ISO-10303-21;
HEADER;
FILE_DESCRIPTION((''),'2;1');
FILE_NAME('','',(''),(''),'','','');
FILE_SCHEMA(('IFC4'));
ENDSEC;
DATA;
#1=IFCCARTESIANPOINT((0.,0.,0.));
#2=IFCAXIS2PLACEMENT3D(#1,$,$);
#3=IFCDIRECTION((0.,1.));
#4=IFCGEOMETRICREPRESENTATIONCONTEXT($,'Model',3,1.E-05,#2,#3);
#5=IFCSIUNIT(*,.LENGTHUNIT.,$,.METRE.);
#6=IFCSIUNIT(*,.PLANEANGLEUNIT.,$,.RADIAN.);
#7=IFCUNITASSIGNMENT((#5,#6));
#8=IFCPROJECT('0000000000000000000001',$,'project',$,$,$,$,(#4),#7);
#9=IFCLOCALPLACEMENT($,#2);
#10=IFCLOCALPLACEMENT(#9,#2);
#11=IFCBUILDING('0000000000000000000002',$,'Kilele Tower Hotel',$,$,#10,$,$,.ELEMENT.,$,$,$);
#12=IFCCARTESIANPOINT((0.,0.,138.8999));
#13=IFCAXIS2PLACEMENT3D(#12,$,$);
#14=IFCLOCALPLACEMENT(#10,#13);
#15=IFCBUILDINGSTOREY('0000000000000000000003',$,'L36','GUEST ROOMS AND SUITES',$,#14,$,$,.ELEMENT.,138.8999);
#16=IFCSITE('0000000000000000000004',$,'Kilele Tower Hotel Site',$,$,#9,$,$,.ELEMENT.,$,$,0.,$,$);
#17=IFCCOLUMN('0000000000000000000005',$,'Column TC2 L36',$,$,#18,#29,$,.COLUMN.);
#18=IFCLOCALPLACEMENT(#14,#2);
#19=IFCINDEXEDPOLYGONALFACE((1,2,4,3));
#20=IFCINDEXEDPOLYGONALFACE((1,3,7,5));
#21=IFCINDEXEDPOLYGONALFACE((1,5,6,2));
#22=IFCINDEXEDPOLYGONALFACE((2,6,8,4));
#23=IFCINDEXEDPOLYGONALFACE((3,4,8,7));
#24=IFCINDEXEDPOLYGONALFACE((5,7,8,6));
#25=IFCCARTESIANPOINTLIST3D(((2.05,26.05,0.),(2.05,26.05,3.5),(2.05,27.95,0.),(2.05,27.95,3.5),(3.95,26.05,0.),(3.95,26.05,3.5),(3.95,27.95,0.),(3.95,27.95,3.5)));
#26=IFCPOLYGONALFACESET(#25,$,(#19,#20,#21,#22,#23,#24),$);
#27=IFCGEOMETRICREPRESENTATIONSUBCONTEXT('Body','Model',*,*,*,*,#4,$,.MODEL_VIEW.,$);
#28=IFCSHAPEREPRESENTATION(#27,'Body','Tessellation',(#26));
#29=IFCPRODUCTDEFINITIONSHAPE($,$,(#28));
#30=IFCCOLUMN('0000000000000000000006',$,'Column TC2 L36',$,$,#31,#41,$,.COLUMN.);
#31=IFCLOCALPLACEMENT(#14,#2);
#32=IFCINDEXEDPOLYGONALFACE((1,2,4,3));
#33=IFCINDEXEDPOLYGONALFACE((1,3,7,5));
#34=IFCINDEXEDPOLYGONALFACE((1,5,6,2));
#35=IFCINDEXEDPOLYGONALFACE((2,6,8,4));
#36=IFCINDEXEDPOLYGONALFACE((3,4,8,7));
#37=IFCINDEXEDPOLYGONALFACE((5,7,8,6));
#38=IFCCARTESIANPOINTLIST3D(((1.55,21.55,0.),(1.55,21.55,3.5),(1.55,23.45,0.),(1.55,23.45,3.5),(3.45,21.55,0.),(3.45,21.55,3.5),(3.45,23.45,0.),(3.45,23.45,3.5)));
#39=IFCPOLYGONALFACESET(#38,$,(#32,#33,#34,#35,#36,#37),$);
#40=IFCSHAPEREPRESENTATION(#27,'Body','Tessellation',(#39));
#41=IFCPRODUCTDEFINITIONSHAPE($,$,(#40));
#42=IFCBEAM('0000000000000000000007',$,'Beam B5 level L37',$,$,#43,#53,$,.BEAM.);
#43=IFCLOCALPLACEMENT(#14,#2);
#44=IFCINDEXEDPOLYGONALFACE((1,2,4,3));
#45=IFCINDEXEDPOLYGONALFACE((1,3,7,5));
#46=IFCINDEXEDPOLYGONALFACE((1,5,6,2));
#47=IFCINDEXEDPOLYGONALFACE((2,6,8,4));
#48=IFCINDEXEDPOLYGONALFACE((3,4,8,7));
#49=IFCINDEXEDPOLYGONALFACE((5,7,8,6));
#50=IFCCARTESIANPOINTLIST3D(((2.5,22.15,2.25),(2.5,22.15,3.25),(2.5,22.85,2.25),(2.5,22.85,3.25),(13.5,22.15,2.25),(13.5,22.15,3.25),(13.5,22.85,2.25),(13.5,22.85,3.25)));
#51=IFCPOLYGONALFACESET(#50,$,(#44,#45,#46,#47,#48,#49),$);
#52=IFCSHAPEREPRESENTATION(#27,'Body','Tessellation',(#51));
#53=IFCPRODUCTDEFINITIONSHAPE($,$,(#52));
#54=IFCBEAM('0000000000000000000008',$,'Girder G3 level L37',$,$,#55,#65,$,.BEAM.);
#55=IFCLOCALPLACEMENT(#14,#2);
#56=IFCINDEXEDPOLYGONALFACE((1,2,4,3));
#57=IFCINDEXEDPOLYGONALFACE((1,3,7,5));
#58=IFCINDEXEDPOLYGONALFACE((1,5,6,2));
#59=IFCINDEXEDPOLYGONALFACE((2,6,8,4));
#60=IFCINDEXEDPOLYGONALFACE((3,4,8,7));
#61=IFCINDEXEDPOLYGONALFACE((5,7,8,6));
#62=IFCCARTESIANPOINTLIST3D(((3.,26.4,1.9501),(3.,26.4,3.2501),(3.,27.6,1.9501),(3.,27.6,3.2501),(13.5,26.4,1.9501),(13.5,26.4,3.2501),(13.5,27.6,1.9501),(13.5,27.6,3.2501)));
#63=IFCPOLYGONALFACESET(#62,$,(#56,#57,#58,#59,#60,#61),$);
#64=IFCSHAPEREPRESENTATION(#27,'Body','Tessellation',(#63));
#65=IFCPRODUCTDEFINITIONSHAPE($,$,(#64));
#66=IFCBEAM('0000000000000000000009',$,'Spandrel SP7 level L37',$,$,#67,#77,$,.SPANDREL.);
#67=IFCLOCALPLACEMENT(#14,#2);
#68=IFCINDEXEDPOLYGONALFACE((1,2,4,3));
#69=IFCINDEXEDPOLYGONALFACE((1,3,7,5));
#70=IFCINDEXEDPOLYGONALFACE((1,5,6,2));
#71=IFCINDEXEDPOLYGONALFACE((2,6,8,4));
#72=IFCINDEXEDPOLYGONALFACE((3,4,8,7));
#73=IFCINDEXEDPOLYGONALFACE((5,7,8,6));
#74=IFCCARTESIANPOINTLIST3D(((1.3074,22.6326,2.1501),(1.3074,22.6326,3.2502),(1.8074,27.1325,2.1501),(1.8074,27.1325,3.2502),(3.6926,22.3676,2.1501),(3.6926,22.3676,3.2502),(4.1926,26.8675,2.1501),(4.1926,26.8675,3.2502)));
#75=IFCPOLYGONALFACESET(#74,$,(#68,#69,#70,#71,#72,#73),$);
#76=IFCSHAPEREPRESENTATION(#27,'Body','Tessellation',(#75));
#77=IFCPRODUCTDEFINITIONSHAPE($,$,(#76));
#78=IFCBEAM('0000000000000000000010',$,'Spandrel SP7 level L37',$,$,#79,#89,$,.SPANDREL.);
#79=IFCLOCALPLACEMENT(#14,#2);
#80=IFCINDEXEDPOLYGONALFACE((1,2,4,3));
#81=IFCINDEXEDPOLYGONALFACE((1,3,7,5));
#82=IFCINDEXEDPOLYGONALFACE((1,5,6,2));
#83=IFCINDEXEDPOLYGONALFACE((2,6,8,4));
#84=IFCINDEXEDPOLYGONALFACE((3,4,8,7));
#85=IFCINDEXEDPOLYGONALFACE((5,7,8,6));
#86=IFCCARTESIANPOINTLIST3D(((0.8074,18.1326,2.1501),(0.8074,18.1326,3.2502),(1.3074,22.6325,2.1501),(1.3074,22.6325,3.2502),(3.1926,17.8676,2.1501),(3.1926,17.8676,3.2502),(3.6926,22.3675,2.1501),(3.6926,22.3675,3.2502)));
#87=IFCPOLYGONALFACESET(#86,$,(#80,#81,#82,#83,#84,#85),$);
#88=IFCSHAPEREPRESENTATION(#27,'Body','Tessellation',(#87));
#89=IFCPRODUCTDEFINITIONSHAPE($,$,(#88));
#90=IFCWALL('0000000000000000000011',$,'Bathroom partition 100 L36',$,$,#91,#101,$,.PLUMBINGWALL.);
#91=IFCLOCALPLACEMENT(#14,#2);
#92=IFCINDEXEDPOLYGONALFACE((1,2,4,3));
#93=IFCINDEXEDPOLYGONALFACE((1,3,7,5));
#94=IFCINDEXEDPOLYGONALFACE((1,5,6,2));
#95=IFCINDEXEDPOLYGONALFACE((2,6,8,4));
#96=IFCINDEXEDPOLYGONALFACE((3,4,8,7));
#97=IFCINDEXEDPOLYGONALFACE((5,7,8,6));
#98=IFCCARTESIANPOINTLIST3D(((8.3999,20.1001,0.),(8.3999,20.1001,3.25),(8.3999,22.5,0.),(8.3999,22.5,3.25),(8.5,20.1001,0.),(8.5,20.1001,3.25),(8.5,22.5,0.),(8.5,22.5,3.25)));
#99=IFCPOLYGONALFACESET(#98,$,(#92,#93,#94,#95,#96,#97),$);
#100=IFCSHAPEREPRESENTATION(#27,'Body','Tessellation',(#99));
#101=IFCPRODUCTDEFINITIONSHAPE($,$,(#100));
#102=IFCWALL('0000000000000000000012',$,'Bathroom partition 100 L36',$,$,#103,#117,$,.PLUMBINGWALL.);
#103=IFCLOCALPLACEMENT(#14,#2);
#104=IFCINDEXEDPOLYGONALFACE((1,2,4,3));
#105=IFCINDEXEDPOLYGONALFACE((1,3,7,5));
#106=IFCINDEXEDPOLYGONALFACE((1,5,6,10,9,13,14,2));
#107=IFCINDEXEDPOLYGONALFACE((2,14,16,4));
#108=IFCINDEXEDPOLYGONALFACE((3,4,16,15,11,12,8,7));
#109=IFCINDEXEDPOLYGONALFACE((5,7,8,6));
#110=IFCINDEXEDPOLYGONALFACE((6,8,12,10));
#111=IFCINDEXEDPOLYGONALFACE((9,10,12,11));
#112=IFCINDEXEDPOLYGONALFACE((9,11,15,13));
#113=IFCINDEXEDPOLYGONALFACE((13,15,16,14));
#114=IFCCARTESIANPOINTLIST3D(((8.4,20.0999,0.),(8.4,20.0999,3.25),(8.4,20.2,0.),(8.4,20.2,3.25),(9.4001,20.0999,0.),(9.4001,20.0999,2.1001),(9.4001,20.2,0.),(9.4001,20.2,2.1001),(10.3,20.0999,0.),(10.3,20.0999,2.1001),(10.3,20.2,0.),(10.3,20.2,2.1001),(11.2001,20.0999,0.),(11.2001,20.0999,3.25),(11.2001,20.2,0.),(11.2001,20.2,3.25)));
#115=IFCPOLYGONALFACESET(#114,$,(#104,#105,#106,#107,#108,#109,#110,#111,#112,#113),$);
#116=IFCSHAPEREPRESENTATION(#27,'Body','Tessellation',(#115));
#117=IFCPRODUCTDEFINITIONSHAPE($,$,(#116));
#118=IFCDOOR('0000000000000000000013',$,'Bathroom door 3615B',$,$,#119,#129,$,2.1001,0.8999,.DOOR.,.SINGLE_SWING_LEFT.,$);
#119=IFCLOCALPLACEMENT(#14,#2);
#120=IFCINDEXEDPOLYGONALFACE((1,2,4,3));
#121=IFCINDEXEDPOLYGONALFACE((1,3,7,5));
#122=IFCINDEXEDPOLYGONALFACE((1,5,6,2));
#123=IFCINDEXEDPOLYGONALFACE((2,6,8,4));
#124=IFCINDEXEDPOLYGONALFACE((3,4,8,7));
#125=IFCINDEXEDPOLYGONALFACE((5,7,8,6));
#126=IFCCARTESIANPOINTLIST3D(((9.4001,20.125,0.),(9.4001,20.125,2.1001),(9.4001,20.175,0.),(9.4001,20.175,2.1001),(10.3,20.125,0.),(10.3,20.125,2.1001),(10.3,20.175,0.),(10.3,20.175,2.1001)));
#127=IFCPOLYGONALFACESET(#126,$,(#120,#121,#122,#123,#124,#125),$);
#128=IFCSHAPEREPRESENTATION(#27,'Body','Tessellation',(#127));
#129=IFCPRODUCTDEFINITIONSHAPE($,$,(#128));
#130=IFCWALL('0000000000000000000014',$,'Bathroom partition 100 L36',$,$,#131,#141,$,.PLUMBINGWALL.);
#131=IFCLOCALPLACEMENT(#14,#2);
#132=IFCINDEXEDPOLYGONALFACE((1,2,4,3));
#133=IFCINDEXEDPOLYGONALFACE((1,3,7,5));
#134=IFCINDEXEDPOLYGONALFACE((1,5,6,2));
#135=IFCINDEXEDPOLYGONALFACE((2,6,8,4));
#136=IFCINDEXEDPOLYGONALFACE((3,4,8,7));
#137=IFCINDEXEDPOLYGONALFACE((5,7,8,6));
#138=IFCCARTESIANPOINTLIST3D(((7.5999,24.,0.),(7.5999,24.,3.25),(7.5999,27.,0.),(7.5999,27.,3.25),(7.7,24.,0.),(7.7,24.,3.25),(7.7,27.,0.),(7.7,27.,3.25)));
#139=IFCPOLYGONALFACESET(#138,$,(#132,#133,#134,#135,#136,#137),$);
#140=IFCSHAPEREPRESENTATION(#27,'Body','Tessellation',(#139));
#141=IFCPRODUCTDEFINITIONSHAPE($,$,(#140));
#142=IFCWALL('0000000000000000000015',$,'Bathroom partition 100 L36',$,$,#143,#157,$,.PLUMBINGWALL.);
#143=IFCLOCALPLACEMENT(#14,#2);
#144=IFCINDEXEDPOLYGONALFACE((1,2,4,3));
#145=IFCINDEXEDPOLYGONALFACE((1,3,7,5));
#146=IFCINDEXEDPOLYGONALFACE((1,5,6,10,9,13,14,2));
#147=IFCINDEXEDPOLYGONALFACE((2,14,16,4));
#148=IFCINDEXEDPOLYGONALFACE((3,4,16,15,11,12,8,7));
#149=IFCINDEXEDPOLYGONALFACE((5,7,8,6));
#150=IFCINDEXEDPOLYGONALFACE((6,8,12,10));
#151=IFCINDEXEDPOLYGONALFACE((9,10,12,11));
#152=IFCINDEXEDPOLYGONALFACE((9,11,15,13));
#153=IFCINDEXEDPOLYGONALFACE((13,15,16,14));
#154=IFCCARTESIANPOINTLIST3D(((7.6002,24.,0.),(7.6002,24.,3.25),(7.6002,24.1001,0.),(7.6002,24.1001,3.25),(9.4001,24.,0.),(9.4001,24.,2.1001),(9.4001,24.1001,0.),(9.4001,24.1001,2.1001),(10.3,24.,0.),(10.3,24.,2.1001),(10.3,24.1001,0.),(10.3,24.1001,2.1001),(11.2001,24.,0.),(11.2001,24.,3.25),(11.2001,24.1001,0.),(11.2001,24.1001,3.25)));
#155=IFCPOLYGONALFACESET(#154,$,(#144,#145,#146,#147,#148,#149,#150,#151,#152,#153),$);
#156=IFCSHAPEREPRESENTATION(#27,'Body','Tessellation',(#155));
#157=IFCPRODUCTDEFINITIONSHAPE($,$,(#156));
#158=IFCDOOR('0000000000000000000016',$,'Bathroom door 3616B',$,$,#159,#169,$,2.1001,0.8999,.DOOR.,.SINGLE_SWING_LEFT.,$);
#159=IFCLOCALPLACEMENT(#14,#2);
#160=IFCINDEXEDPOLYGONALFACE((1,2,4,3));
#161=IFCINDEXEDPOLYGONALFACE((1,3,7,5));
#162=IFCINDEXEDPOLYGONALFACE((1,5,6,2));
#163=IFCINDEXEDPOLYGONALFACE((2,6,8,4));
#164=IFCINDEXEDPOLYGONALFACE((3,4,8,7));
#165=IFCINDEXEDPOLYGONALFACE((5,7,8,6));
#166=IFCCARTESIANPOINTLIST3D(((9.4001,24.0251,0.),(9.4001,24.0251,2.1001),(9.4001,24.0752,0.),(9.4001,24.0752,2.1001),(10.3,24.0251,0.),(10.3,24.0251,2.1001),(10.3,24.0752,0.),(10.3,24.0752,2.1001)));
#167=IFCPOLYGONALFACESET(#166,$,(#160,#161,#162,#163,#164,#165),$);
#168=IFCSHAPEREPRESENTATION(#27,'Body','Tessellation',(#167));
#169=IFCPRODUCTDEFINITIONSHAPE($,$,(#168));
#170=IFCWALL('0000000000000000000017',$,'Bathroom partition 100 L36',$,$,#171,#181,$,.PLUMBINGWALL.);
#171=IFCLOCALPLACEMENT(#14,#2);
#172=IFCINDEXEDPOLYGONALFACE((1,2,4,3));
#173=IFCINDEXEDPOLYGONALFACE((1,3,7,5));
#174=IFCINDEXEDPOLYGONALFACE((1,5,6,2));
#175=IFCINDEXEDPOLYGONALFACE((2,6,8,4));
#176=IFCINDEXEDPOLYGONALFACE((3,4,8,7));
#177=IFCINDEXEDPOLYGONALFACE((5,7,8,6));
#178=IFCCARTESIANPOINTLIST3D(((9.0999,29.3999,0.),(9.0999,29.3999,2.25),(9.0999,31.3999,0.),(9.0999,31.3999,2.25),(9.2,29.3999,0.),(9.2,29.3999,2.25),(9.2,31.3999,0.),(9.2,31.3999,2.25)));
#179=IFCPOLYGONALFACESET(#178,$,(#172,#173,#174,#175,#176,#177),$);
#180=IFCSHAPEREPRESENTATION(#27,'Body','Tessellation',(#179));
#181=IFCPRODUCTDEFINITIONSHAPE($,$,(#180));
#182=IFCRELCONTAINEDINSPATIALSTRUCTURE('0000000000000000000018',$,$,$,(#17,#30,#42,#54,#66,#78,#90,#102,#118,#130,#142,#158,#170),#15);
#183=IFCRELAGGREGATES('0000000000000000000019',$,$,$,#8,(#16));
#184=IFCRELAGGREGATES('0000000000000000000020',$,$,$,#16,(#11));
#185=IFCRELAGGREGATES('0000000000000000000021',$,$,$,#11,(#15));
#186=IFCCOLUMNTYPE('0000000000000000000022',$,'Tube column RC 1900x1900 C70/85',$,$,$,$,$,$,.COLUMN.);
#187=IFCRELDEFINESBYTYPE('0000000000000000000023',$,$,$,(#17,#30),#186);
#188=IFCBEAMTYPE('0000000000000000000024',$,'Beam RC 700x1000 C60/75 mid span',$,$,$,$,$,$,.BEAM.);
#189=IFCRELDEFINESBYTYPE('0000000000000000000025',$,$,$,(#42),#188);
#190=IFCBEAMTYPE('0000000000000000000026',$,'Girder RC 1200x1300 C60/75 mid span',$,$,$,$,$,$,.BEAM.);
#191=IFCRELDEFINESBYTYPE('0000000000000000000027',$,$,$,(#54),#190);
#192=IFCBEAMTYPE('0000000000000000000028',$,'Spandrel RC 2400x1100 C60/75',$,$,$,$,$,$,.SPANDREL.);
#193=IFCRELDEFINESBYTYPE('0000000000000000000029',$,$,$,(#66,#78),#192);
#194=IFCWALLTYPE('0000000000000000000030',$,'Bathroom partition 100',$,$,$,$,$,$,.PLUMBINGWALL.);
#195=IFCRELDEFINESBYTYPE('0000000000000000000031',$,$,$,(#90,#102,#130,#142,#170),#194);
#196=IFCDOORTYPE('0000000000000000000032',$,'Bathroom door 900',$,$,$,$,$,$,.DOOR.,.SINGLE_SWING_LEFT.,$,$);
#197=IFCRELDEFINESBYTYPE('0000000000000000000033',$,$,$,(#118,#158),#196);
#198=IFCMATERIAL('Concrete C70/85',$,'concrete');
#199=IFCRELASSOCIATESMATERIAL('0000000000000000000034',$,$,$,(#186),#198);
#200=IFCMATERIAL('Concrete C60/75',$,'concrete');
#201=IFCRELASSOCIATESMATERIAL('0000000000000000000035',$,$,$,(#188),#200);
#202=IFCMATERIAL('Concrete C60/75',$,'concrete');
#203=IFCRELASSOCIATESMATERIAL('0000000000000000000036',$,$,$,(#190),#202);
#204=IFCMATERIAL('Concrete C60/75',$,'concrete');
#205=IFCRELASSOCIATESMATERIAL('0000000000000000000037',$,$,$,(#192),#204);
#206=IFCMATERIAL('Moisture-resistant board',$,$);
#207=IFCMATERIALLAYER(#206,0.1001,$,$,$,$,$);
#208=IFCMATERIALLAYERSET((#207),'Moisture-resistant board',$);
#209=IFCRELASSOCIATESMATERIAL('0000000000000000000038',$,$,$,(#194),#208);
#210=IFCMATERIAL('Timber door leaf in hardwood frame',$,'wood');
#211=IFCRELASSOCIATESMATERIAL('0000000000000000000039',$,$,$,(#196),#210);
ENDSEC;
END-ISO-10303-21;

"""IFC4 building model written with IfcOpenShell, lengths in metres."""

from ifc_helpers import new_model, si_unit, direction, frame, frame_2d, origin, origin_2d, place, context, subcontext, project, spatial, rectangle, extrude, material, layer, layer_set, material_profile, profile_set, type_object, element, fill, save


model = new_model("IFC4")

# Units and contexts
model_context = context("Model", 3, precision=1e-05, world=origin(), true_north=direction((0.0, 1.0)))
body_context = subcontext(model_context, "Body", "Model", "MODEL_VIEW")
ifc_project = project(units=[si_unit("LENGTHUNIT", "METRE"), si_unit("PLANEANGLEUNIT", "RADIAN")], contexts=[model_context])

# Site, building, storey
site_placement = place(None, origin())
site = spatial("IfcSite", under=ifc_project, at=site_placement, Name="Kilele Tower Hotel Site", CompositionType="ELEMENT", RefElevation=0.0)
building_placement = place(site_placement, origin())
building = spatial("IfcBuilding", under=site, at=building_placement, Name="Kilele Tower Hotel", CompositionType="ELEMENT")
storey_placement = place(building_placement, frame((0.0, 0.0, 138.8999)))
storey = spatial("IfcBuildingStorey", under=building, at=storey_placement, Name="L36", Description="GUEST ROOMS AND SUITES", CompositionType="ELEMENT", Elevation=138.8999)

# Columns
ifc_material_1 = material(Name="Concrete C70/85", Category="concrete")
ifc_material_profile_1 = material_profile(ifc_material_1, rectangle(XDim=1.8999, YDim=1.8999, at=origin_2d()))
ifc_profile_set_1 = profile_set([ifc_material_profile_1], Name="Concrete C70/85")
column_type = type_object("IfcColumnType", Name="Tube column RC 1900x1900 C70/85", PredefinedType="COLUMN", material=ifc_profile_set_1)
for number, where, z_axis, x_axis, name in (
    (1, (3.0, 27.0, 0.0), (0.0, 0.0, 1.0), (1.0, 0.0, 0.0), "Column TC2 L36"),
    (2, (2.5, 22.5, 0.0), (0.0, 0.0, 1.0), (1.0, 0.0, 0.0), "Column TC2 L36"),
):
    element("IfcColumn", number, at=place(storey_placement, frame(where, z_axis=z_axis, x_axis=x_axis)), inside=storey, type_object=column_type, Name=name, PredefinedType="COLUMN", context=body_context, shape_type="SweptSolid", body=[
        extrude(rectangle(XDim=1.8999, YDim=1.8999, at=origin_2d()), origin(), (0.0, 0.0, 1.0), 3.5),
    ])

# Beams
ifc_material_2 = material(Name="Concrete C60/75", Category="concrete")
ifc_material_profile_2 = material_profile(ifc_material_2, rectangle(XDim=0.7, YDim=1.0, at=origin_2d()))
ifc_profile_set_2 = profile_set([ifc_material_profile_2], Name="Concrete C60/75")
beam_type_1 = type_object("IfcBeamType", Name="Beam RC 700x1000 C60/75 mid span", PredefinedType="BEAM", material=ifc_profile_set_2)
beam_1_placement = place(storey_placement, frame((2.5, 22.5, 2.75), z_axis=(1.0, 0.0, 0.0), x_axis=(0.0, 1.0, 0.0)))
element("IfcBeam", 3, at=beam_1_placement, inside=storey, type_object=beam_type_1, Name="Beam B5 level L37", PredefinedType="BEAM", context=body_context, shape_type="SweptSolid", body=[
    extrude(rectangle(XDim=0.7, YDim=1.0, at=origin_2d()), origin(), (0.0, 0.0, 1.0), 11.0),
])
ifc_material_3 = material(Name="Concrete C60/75", Category="concrete")
ifc_material_profile_3 = material_profile(ifc_material_3, rectangle(XDim=1.2, YDim=1.3, at=origin_2d()))
ifc_profile_set_3 = profile_set([ifc_material_profile_3], Name="Concrete C60/75")
beam_type_2 = type_object("IfcBeamType", Name="Girder RC 1200x1300 C60/75 mid span", PredefinedType="BEAM", material=ifc_profile_set_3)
beam_2_placement = place(storey_placement, frame((3.0, 27.0, 2.6001), z_axis=(1.0, 0.0, 0.0), x_axis=(0.0, 1.0, 0.0)))
element("IfcBeam", 4, at=beam_2_placement, inside=storey, type_object=beam_type_2, Name="Girder G3 level L37", PredefinedType="BEAM", context=body_context, shape_type="SweptSolid", body=[
    extrude(rectangle(XDim=1.2, YDim=1.3, at=origin_2d()), origin(), (0.0, 0.0, 1.0), 10.5),
])
ifc_material_4 = material(Name="Concrete C60/75", Category="concrete")
ifc_material_profile_4 = material_profile(ifc_material_4, rectangle(XDim=2.3999, YDim=1.1001, at=origin_2d()))
ifc_profile_set_4 = profile_set([ifc_material_profile_4], Name="Concrete C60/75")
beam_type_3 = type_object("IfcBeamType", Name="Spandrel RC 2400x1100 C60/75", PredefinedType="SPANDREL", material=ifc_profile_set_4)
for number, where, z_axis, x_axis, name in (
    (5, (3.0, 27.0, 2.7002), (-0.110432, -0.993884, 0.0), (0.993884, -0.110432, 0.0), "Spandrel SP7 level L37"),
    (6, (2.5, 22.5, 2.7002), (-0.110432, -0.993884, 0.0), (0.993884, -0.110432, 0.0), "Spandrel SP7 level L37"),
):
    element("IfcBeam", number, at=place(storey_placement, frame(where, z_axis=z_axis, x_axis=x_axis)), inside=storey, type_object=beam_type_3, Name=name, PredefinedType="SPANDREL", context=body_context, shape_type="SweptSolid", body=[
        extrude(rectangle(XDim=2.3999, YDim=1.1001, at=origin_2d()), origin(), (0.0, 0.0, 1.0), 4.5276),
    ])

# Wall
ifc_material_5 = material(Name="Moisture-resistant board")
ifc_layer_1 = layer(ifc_material_5, 0.1001)
ifc_layer_set_1 = layer_set([ifc_layer_1], Name="Moisture-resistant board")
wall_type_1 = type_object("IfcWallType", Name="Bathroom partition 100", PredefinedType="PLUMBINGWALL", material=ifc_layer_set_1)
wall_1_placement = place(storey_placement, frame((8.45, 20.1001, 0.0), z_axis=(0.0, 0.0, 1.0), x_axis=(0.0, 1.0, 0.0)))
element("IfcWall", 7, at=wall_1_placement, inside=storey, type_object=wall_type_1, Name="Bathroom partition 100 L36", PredefinedType="PLUMBINGWALL", context=body_context, shape_type="SweptSolid", body=[
    extrude(rectangle(XDim=2.3999, YDim=0.1001, at=frame_2d((1.2, 0.0))), origin(), (0.0, 0.0, 1.0), 3.25),
])

# Wall, opening, door
wall_2_placement = place(storey_placement, frame((11.2, 20.1499, 0.0), z_axis=(0.0, 0.0, 1.0), x_axis=(-1.0, 0.0, 0.0)))
wall_2 = element("IfcWall", 8, at=wall_2_placement, inside=storey, type_object=wall_type_1, Name="Bathroom partition 100 L36", PredefinedType="PLUMBINGWALL", context=body_context, shape_type="SweptSolid", body=[
    extrude(rectangle(XDim=2.8, YDim=0.1001, at=frame_2d((1.3999, 0.0))), origin(), (0.0, 0.0, 1.0), 3.25),
])
opening_1_placement = place(wall_2_placement, frame((0.8999, 0.0, 0.0)))
opening_1 = element("IfcOpeningElement", 9, at=opening_1_placement, cuts=wall_2, PredefinedType="OPENING", context=body_context, shape_type="SweptSolid", body=[
    extrude(rectangle(XDim=0.8999, YDim=2.1001, at=frame_2d((0.45, 1.05))), frame((0.0, 0.0601, 0.0), z_axis=(0.0, -1.0, 0.0), x_axis=(1.0, 0.0, 0.0)), (0.0, 0.0, 1.0), 0.1201),
])
ifc_material_6 = material(Name="Timber door leaf in hardwood frame", Category="wood")
door_type_1 = type_object("IfcDoorType", Name="Bathroom door 900", OperationType="SINGLE_SWING_LEFT", PredefinedType="DOOR", material=ifc_material_6)
door_1_placement = place(opening_1_placement, origin())
door_1 = element("IfcDoor", 10, at=door_1_placement, inside=storey, type_object=door_type_1, Name="Bathroom door 3615B", OperationType="SINGLE_SWING_LEFT", OverallHeight=2.1001, OverallWidth=0.8999, PredefinedType="DOOR", context=body_context, shape_type="SweptSolid", body=[
    extrude(rectangle(XDim=0.8999, YDim=2.1001, at=frame_2d((0.45, 1.05))), frame((0.0, 0.0249, 0.0), z_axis=(0.0, -1.0, 0.0), x_axis=(1.0, 0.0, 0.0)), (0.0, 0.0, 1.0), 0.05),
])
fill(opening_1, door_1)

# Wall
wall_3_placement = place(storey_placement, frame((7.6499, 24.0, 0.0), z_axis=(0.0, 0.0, 1.0), x_axis=(0.0, 1.0, 0.0)))
element("IfcWall", 11, at=wall_3_placement, inside=storey, type_object=wall_type_1, Name="Bathroom partition 100 L36", PredefinedType="PLUMBINGWALL", context=body_context, shape_type="SweptSolid", body=[
    extrude(rectangle(XDim=3.0, YDim=0.1001, at=frame_2d((1.5, 0.0))), origin(), (0.0, 0.0, 1.0), 3.25),
])

# Wall, opening, door
wall_4_placement = place(storey_placement, frame((11.2, 24.05, 0.0), z_axis=(0.0, 0.0, 1.0), x_axis=(-1.0, 0.0, 0.0)))
wall_4 = element("IfcWall", 12, at=wall_4_placement, inside=storey, type_object=wall_type_1, Name="Bathroom partition 100 L36", PredefinedType="PLUMBINGWALL", context=body_context, shape_type="SweptSolid", body=[
    extrude(rectangle(XDim=3.5999, YDim=0.1001, at=frame_2d((1.7998, 0.0))), origin(), (0.0, 0.0, 1.0), 3.25),
])
opening_2_placement = place(wall_4_placement, frame((0.8999, 0.0, 0.0)))
opening_2 = element("IfcOpeningElement", 13, at=opening_2_placement, cuts=wall_4, PredefinedType="OPENING", context=body_context, shape_type="SweptSolid", body=[
    extrude(rectangle(XDim=0.8999, YDim=2.1001, at=frame_2d((0.45, 1.05))), frame((0.0, 0.0601, 0.0), z_axis=(0.0, -1.0, 0.0), x_axis=(1.0, 0.0, 0.0)), (0.0, 0.0, 1.0), 0.1201),
])
door_2_placement = place(opening_2_placement, origin())
door_2 = element("IfcDoor", 14, at=door_2_placement, inside=storey, type_object=door_type_1, Name="Bathroom door 3616B", OperationType="SINGLE_SWING_LEFT", OverallHeight=2.1001, OverallWidth=0.8999, PredefinedType="DOOR", context=body_context, shape_type="SweptSolid", body=[
    extrude(rectangle(XDim=0.8999, YDim=2.1001, at=frame_2d((0.45, 1.05))), frame((0.0, 0.0249, 0.0), z_axis=(0.0, -1.0, 0.0), x_axis=(1.0, 0.0, 0.0)), (0.0, 0.0, 1.0), 0.05),
])
fill(opening_2, door_2)

# Wall
wall_5_placement = place(storey_placement, frame((9.1499, 31.3999, 0.0), z_axis=(0.0, 0.0, 1.0), x_axis=(0.0, -1.0, 0.0)))
element("IfcWall", 15, at=wall_5_placement, inside=storey, type_object=wall_type_1, Name="Bathroom partition 100 L36", PredefinedType="PLUMBINGWALL", context=body_context, shape_type="SweptSolid", body=[
    extrude(rectangle(XDim=2.0, YDim=0.1001, at=frame_2d((1.0, 0.0))), origin(), (0.0, 0.0, 1.0), 2.25),
])

save(model, "model.ifc")
